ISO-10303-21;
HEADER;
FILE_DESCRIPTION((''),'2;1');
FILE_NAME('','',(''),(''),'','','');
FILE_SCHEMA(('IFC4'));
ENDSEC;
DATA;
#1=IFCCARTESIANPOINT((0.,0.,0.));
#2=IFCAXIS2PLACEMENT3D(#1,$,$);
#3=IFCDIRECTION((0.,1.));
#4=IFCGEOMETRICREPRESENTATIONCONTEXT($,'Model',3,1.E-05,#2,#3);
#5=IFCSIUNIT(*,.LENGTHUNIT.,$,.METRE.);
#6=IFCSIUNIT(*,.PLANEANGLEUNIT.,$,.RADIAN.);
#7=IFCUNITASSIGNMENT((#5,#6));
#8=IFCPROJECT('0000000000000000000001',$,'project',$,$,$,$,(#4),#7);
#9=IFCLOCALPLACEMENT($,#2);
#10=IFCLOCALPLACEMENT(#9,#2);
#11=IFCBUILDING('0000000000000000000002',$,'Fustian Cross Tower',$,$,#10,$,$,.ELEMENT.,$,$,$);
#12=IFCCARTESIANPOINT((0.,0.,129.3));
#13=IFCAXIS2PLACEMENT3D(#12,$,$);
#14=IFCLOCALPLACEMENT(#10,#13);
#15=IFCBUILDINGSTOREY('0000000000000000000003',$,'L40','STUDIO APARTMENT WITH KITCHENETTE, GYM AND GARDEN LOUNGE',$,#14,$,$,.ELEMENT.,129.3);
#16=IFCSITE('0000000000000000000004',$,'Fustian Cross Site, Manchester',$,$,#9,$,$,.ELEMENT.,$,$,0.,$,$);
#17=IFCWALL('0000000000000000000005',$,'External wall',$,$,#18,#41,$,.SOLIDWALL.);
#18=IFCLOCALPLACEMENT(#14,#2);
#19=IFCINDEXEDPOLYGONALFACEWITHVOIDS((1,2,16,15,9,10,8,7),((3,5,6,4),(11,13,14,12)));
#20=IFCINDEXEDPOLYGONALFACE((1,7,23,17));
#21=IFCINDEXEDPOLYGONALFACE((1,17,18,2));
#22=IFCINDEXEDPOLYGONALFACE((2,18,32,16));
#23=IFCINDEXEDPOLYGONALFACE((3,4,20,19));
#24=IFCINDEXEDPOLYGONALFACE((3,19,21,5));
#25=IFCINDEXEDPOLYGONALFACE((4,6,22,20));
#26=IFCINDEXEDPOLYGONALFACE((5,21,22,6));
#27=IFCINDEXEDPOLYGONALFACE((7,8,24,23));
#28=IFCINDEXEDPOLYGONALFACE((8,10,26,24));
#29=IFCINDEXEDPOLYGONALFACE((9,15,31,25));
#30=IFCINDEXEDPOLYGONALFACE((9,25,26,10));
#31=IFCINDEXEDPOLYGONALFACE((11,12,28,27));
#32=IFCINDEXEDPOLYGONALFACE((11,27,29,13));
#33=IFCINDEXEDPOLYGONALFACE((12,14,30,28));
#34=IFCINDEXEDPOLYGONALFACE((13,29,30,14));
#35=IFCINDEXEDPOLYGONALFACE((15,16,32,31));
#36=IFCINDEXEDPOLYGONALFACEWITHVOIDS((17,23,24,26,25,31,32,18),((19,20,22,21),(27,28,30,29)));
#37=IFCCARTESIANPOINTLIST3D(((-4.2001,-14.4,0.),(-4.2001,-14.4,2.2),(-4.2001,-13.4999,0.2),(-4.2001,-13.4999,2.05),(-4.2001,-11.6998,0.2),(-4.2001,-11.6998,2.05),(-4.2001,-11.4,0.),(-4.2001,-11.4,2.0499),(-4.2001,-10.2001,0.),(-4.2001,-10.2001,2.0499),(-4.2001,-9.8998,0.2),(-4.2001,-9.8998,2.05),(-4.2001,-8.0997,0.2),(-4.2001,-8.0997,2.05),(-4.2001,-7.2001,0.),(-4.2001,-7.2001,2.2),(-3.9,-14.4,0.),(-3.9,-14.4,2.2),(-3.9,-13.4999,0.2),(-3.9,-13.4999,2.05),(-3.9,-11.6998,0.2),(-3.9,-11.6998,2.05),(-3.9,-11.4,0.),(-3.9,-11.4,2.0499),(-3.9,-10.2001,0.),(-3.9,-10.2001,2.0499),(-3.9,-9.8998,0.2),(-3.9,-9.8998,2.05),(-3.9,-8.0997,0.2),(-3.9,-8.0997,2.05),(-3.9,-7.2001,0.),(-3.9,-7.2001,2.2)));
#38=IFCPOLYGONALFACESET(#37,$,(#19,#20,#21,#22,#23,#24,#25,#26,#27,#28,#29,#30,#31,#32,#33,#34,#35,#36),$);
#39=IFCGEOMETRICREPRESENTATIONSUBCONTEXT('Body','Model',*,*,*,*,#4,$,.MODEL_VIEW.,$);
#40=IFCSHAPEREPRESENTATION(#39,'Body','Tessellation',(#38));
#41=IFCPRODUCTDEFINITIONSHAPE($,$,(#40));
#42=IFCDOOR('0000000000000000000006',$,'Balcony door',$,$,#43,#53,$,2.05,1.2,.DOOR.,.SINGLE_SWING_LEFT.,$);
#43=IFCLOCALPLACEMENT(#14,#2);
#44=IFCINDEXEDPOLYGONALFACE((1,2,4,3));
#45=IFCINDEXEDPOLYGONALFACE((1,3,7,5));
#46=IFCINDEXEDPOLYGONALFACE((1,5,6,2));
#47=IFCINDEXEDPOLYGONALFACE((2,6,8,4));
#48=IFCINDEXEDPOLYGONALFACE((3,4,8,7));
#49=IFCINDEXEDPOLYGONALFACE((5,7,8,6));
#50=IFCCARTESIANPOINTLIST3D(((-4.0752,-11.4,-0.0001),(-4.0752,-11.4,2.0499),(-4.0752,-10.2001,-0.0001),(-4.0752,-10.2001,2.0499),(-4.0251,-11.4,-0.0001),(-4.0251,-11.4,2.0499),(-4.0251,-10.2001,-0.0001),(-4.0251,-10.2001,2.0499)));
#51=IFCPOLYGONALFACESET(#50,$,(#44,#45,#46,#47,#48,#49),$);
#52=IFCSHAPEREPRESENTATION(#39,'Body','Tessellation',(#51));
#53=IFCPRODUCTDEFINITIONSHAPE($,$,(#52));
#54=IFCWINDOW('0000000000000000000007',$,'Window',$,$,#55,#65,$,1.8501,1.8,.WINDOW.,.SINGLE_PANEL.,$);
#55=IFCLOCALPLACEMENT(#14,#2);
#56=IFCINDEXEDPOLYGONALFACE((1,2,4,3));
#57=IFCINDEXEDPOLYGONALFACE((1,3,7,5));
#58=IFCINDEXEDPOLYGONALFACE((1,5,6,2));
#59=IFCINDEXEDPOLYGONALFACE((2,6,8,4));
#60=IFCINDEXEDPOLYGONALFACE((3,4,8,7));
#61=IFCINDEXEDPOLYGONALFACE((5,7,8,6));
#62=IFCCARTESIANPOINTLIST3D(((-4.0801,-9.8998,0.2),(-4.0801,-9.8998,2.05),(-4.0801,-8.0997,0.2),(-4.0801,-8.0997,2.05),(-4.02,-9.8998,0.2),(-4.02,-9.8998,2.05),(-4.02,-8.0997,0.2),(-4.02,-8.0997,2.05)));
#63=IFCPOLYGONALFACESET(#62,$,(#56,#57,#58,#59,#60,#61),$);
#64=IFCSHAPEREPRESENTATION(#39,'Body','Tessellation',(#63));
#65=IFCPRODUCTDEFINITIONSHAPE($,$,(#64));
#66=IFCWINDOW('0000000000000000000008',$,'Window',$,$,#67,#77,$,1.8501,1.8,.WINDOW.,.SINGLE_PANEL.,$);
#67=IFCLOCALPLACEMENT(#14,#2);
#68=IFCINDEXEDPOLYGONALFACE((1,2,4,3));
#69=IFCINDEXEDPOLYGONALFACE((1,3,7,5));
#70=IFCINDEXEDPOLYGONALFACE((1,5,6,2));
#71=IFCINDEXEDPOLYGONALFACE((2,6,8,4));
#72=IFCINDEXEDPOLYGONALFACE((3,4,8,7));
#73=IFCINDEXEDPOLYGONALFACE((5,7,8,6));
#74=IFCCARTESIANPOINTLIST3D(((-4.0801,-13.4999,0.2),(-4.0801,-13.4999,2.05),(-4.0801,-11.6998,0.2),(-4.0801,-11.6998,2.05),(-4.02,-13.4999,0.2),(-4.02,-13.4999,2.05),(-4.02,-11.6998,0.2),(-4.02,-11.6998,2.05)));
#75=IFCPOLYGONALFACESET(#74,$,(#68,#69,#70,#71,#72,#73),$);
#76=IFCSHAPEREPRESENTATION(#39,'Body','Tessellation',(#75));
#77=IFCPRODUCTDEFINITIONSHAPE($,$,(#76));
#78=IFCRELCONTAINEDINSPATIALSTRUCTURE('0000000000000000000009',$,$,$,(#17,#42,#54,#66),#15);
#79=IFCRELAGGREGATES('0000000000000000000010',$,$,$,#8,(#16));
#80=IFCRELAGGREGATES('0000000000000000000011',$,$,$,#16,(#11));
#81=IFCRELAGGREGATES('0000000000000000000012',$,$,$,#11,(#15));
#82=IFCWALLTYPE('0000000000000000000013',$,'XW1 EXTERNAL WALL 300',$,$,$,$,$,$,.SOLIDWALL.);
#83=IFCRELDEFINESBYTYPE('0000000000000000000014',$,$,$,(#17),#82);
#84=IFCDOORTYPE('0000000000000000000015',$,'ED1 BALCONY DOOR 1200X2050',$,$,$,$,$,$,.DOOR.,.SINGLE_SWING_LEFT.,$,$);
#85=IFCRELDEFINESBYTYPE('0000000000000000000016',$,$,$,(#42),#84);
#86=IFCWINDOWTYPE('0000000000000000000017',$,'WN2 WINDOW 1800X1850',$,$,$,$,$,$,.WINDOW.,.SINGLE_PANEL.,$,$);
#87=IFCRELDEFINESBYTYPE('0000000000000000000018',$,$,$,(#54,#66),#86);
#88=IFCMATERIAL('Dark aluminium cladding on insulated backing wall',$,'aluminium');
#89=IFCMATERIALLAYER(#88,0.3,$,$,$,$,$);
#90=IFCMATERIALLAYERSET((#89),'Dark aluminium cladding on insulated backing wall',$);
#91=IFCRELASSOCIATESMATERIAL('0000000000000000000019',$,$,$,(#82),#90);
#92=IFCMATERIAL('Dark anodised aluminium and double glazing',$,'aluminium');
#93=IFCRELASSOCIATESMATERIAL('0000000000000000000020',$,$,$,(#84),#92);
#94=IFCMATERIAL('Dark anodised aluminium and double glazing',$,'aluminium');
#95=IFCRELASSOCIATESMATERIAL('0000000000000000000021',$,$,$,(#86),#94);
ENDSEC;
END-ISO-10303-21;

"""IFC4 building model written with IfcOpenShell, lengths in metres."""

from ifc_helpers import new_model, si_unit, direction, frame, frame_2d, origin, place, context, subcontext, project, spatial, rectangle, extrude, material, layer, layer_set, type_object, element, fill, save


model = new_model("IFC4")

# Units and contexts
model_context = context("Model", 3, precision=1e-05, world=origin(), true_north=direction((0.0, 1.0)))
body_context = subcontext(model_context, "Body", "Model", "MODEL_VIEW")
ifc_project = project(units=[si_unit("LENGTHUNIT", "METRE"), si_unit("PLANEANGLEUNIT", "RADIAN")], contexts=[model_context])

# Site, building, storey
site_placement = place(None, origin())
site = spatial("IfcSite", under=ifc_project, at=site_placement, Name="Fustian Cross Site, Manchester", CompositionType="ELEMENT", RefElevation=0.0)
building_placement = place(site_placement, origin())
building = spatial("IfcBuilding", under=site, at=building_placement, Name="Fustian Cross Tower", CompositionType="ELEMENT")
storey_placement = place(building_placement, frame((0.0, 0.0, 129.3)))
storey = spatial("IfcBuildingStorey", under=building, at=storey_placement, Name="L40", Description="STUDIO APARTMENT WITH KITCHENETTE, GYM AND GARDEN LOUNGE", CompositionType="ELEMENT", Elevation=129.3)

# Shared definitions
ifc_material_1 = material(Name="Dark aluminium cladding on insulated backing wall", Category="aluminium")
ifc_layer_1 = layer(ifc_material_1, 0.3)
ifc_layer_set_1 = layer_set([ifc_layer_1], Name="Dark aluminium cladding on insulated backing wall")
wall_type_1 = type_object("IfcWallType", Name="XW1 EXTERNAL WALL 300", PredefinedType="SOLIDWALL", material=ifc_layer_set_1)

# Wall, openings, door, windows
wall_1_placement = place(storey_placement, frame((-4.05, -7.2, 0.0), z_axis=(0.0, 0.0, 1.0), x_axis=(0.0, -1.0, 0.0)))
wall_1 = element("IfcWall", 1, at=wall_1_placement, inside=storey, type_object=wall_type_1, Name="External wall", PredefinedType="SOLIDWALL", context=body_context, shape_type="SweptSolid", body=[
    extrude(rectangle(XDim=7.2, YDim=0.3, at=frame_2d((3.6001, 0.0))), origin(), (0.0, 0.0, 1.0), 2.2),
])
opening_1_placement = place(wall_1_placement, frame((3.0, 0.0, 0.0)))
opening_1 = element("IfcOpeningElement", 2, at=opening_1_placement, cuts=wall_1, PredefinedType="OPENING", context=body_context, shape_type="SweptSolid", body=[
    extrude(rectangle(XDim=1.2, YDim=2.05, at=frame_2d((0.6001, 1.0249))), frame((0.0, 0.1599, 0.0), z_axis=(0.0, -1.0, 0.0), x_axis=(1.0, 0.0, 0.0)), (0.0, 0.0, 1.0), 0.3201),
])
opening_2_placement = place(wall_1_placement, frame((0.8999, 0.0, 0.2)))
opening_2 = element("IfcOpeningElement", 3, at=opening_2_placement, cuts=wall_1, PredefinedType="OPENING", context=body_context, shape_type="SweptSolid", body=[
    extrude(rectangle(XDim=1.8, YDim=1.8501, at=frame_2d((0.8999, 0.925))), frame((0.0, 0.1599, 0.0), z_axis=(0.0, -1.0, 0.0), x_axis=(1.0, 0.0, 0.0)), (0.0, 0.0, 1.0), 0.3201),
])
opening_3_placement = place(wall_1_placement, frame((4.5, 0.0, 0.2)))
opening_3 = element("IfcOpeningElement", 4, at=opening_3_placement, cuts=wall_1, PredefinedType="OPENING", context=body_context, shape_type="SweptSolid", body=[
    extrude(rectangle(XDim=1.8, YDim=1.8501, at=frame_2d((0.8999, 0.925))), frame((0.0, 0.1599, 0.0), z_axis=(0.0, -1.0, 0.0), x_axis=(1.0, 0.0, 0.0)), (0.0, 0.0, 1.0), 0.3201),
])
ifc_material_2 = material(Name="Dark anodised aluminium and double glazing", Category="aluminium")
door_type_1 = type_object("IfcDoorType", Name="ED1 BALCONY DOOR 1200X2050", OperationType="SINGLE_SWING_LEFT", PredefinedType="DOOR", material=ifc_material_2)
door_1_placement = place(opening_1_placement, origin())
door_1 = element("IfcDoor", 5, at=door_1_placement, inside=storey, type_object=door_type_1, Name="Balcony door", OperationType="SINGLE_SWING_LEFT", OverallHeight=2.05, OverallWidth=1.2, PredefinedType="DOOR", context=body_context, shape_type="SweptSolid", body=[
    extrude(rectangle(XDim=1.2, YDim=2.05, at=frame_2d((0.6001, 1.0249))), frame((0.0, 0.0249, 0.0), z_axis=(0.0, -1.0, 0.0), x_axis=(1.0, 0.0, 0.0)), (0.0, 0.0, 1.0), 0.05),
])
fill(opening_1, door_1)
ifc_material_3 = material(Name="Dark anodised aluminium and double glazing", Category="aluminium")
window_type = type_object("IfcWindowType", Name="WN2 WINDOW 1800X1850", PartitioningType="SINGLE_PANEL", PredefinedType="WINDOW", material=ifc_material_3)
window_1_placement = place(opening_2_placement, origin())
window_1 = element("IfcWindow", 6, at=window_1_placement, inside=storey, type_object=window_type, Name="Window", OverallHeight=1.8501, OverallWidth=1.8, PartitioningType="SINGLE_PANEL", PredefinedType="WINDOW", context=body_context, shape_type="SweptSolid", body=[
    extrude(rectangle(XDim=1.8, YDim=1.8501, at=frame_2d((0.8999, 0.925))), frame((0.0, 0.03, 0.0), z_axis=(0.0, -1.0, 0.0), x_axis=(1.0, 0.0, 0.0)), (0.0, 0.0, 1.0), 0.0601),
])
fill(opening_2, window_1)
window_2_placement = place(opening_3_placement, origin())
window_2 = element("IfcWindow", 7, at=window_2_placement, inside=storey, type_object=window_type, Name="Window", OverallHeight=1.8501, OverallWidth=1.8, PartitioningType="SINGLE_PANEL", PredefinedType="WINDOW", context=body_context, shape_type="SweptSolid", body=[
    extrude(rectangle(XDim=1.8, YDim=1.8501, at=frame_2d((0.8999, 0.925))), frame((0.0, 0.03, 0.0), z_axis=(0.0, -1.0, 0.0), x_axis=(1.0, 0.0, 0.0)), (0.0, 0.0, 1.0), 0.0601),
])
fill(opening_3, window_2)

save(model, "model.ifc")
